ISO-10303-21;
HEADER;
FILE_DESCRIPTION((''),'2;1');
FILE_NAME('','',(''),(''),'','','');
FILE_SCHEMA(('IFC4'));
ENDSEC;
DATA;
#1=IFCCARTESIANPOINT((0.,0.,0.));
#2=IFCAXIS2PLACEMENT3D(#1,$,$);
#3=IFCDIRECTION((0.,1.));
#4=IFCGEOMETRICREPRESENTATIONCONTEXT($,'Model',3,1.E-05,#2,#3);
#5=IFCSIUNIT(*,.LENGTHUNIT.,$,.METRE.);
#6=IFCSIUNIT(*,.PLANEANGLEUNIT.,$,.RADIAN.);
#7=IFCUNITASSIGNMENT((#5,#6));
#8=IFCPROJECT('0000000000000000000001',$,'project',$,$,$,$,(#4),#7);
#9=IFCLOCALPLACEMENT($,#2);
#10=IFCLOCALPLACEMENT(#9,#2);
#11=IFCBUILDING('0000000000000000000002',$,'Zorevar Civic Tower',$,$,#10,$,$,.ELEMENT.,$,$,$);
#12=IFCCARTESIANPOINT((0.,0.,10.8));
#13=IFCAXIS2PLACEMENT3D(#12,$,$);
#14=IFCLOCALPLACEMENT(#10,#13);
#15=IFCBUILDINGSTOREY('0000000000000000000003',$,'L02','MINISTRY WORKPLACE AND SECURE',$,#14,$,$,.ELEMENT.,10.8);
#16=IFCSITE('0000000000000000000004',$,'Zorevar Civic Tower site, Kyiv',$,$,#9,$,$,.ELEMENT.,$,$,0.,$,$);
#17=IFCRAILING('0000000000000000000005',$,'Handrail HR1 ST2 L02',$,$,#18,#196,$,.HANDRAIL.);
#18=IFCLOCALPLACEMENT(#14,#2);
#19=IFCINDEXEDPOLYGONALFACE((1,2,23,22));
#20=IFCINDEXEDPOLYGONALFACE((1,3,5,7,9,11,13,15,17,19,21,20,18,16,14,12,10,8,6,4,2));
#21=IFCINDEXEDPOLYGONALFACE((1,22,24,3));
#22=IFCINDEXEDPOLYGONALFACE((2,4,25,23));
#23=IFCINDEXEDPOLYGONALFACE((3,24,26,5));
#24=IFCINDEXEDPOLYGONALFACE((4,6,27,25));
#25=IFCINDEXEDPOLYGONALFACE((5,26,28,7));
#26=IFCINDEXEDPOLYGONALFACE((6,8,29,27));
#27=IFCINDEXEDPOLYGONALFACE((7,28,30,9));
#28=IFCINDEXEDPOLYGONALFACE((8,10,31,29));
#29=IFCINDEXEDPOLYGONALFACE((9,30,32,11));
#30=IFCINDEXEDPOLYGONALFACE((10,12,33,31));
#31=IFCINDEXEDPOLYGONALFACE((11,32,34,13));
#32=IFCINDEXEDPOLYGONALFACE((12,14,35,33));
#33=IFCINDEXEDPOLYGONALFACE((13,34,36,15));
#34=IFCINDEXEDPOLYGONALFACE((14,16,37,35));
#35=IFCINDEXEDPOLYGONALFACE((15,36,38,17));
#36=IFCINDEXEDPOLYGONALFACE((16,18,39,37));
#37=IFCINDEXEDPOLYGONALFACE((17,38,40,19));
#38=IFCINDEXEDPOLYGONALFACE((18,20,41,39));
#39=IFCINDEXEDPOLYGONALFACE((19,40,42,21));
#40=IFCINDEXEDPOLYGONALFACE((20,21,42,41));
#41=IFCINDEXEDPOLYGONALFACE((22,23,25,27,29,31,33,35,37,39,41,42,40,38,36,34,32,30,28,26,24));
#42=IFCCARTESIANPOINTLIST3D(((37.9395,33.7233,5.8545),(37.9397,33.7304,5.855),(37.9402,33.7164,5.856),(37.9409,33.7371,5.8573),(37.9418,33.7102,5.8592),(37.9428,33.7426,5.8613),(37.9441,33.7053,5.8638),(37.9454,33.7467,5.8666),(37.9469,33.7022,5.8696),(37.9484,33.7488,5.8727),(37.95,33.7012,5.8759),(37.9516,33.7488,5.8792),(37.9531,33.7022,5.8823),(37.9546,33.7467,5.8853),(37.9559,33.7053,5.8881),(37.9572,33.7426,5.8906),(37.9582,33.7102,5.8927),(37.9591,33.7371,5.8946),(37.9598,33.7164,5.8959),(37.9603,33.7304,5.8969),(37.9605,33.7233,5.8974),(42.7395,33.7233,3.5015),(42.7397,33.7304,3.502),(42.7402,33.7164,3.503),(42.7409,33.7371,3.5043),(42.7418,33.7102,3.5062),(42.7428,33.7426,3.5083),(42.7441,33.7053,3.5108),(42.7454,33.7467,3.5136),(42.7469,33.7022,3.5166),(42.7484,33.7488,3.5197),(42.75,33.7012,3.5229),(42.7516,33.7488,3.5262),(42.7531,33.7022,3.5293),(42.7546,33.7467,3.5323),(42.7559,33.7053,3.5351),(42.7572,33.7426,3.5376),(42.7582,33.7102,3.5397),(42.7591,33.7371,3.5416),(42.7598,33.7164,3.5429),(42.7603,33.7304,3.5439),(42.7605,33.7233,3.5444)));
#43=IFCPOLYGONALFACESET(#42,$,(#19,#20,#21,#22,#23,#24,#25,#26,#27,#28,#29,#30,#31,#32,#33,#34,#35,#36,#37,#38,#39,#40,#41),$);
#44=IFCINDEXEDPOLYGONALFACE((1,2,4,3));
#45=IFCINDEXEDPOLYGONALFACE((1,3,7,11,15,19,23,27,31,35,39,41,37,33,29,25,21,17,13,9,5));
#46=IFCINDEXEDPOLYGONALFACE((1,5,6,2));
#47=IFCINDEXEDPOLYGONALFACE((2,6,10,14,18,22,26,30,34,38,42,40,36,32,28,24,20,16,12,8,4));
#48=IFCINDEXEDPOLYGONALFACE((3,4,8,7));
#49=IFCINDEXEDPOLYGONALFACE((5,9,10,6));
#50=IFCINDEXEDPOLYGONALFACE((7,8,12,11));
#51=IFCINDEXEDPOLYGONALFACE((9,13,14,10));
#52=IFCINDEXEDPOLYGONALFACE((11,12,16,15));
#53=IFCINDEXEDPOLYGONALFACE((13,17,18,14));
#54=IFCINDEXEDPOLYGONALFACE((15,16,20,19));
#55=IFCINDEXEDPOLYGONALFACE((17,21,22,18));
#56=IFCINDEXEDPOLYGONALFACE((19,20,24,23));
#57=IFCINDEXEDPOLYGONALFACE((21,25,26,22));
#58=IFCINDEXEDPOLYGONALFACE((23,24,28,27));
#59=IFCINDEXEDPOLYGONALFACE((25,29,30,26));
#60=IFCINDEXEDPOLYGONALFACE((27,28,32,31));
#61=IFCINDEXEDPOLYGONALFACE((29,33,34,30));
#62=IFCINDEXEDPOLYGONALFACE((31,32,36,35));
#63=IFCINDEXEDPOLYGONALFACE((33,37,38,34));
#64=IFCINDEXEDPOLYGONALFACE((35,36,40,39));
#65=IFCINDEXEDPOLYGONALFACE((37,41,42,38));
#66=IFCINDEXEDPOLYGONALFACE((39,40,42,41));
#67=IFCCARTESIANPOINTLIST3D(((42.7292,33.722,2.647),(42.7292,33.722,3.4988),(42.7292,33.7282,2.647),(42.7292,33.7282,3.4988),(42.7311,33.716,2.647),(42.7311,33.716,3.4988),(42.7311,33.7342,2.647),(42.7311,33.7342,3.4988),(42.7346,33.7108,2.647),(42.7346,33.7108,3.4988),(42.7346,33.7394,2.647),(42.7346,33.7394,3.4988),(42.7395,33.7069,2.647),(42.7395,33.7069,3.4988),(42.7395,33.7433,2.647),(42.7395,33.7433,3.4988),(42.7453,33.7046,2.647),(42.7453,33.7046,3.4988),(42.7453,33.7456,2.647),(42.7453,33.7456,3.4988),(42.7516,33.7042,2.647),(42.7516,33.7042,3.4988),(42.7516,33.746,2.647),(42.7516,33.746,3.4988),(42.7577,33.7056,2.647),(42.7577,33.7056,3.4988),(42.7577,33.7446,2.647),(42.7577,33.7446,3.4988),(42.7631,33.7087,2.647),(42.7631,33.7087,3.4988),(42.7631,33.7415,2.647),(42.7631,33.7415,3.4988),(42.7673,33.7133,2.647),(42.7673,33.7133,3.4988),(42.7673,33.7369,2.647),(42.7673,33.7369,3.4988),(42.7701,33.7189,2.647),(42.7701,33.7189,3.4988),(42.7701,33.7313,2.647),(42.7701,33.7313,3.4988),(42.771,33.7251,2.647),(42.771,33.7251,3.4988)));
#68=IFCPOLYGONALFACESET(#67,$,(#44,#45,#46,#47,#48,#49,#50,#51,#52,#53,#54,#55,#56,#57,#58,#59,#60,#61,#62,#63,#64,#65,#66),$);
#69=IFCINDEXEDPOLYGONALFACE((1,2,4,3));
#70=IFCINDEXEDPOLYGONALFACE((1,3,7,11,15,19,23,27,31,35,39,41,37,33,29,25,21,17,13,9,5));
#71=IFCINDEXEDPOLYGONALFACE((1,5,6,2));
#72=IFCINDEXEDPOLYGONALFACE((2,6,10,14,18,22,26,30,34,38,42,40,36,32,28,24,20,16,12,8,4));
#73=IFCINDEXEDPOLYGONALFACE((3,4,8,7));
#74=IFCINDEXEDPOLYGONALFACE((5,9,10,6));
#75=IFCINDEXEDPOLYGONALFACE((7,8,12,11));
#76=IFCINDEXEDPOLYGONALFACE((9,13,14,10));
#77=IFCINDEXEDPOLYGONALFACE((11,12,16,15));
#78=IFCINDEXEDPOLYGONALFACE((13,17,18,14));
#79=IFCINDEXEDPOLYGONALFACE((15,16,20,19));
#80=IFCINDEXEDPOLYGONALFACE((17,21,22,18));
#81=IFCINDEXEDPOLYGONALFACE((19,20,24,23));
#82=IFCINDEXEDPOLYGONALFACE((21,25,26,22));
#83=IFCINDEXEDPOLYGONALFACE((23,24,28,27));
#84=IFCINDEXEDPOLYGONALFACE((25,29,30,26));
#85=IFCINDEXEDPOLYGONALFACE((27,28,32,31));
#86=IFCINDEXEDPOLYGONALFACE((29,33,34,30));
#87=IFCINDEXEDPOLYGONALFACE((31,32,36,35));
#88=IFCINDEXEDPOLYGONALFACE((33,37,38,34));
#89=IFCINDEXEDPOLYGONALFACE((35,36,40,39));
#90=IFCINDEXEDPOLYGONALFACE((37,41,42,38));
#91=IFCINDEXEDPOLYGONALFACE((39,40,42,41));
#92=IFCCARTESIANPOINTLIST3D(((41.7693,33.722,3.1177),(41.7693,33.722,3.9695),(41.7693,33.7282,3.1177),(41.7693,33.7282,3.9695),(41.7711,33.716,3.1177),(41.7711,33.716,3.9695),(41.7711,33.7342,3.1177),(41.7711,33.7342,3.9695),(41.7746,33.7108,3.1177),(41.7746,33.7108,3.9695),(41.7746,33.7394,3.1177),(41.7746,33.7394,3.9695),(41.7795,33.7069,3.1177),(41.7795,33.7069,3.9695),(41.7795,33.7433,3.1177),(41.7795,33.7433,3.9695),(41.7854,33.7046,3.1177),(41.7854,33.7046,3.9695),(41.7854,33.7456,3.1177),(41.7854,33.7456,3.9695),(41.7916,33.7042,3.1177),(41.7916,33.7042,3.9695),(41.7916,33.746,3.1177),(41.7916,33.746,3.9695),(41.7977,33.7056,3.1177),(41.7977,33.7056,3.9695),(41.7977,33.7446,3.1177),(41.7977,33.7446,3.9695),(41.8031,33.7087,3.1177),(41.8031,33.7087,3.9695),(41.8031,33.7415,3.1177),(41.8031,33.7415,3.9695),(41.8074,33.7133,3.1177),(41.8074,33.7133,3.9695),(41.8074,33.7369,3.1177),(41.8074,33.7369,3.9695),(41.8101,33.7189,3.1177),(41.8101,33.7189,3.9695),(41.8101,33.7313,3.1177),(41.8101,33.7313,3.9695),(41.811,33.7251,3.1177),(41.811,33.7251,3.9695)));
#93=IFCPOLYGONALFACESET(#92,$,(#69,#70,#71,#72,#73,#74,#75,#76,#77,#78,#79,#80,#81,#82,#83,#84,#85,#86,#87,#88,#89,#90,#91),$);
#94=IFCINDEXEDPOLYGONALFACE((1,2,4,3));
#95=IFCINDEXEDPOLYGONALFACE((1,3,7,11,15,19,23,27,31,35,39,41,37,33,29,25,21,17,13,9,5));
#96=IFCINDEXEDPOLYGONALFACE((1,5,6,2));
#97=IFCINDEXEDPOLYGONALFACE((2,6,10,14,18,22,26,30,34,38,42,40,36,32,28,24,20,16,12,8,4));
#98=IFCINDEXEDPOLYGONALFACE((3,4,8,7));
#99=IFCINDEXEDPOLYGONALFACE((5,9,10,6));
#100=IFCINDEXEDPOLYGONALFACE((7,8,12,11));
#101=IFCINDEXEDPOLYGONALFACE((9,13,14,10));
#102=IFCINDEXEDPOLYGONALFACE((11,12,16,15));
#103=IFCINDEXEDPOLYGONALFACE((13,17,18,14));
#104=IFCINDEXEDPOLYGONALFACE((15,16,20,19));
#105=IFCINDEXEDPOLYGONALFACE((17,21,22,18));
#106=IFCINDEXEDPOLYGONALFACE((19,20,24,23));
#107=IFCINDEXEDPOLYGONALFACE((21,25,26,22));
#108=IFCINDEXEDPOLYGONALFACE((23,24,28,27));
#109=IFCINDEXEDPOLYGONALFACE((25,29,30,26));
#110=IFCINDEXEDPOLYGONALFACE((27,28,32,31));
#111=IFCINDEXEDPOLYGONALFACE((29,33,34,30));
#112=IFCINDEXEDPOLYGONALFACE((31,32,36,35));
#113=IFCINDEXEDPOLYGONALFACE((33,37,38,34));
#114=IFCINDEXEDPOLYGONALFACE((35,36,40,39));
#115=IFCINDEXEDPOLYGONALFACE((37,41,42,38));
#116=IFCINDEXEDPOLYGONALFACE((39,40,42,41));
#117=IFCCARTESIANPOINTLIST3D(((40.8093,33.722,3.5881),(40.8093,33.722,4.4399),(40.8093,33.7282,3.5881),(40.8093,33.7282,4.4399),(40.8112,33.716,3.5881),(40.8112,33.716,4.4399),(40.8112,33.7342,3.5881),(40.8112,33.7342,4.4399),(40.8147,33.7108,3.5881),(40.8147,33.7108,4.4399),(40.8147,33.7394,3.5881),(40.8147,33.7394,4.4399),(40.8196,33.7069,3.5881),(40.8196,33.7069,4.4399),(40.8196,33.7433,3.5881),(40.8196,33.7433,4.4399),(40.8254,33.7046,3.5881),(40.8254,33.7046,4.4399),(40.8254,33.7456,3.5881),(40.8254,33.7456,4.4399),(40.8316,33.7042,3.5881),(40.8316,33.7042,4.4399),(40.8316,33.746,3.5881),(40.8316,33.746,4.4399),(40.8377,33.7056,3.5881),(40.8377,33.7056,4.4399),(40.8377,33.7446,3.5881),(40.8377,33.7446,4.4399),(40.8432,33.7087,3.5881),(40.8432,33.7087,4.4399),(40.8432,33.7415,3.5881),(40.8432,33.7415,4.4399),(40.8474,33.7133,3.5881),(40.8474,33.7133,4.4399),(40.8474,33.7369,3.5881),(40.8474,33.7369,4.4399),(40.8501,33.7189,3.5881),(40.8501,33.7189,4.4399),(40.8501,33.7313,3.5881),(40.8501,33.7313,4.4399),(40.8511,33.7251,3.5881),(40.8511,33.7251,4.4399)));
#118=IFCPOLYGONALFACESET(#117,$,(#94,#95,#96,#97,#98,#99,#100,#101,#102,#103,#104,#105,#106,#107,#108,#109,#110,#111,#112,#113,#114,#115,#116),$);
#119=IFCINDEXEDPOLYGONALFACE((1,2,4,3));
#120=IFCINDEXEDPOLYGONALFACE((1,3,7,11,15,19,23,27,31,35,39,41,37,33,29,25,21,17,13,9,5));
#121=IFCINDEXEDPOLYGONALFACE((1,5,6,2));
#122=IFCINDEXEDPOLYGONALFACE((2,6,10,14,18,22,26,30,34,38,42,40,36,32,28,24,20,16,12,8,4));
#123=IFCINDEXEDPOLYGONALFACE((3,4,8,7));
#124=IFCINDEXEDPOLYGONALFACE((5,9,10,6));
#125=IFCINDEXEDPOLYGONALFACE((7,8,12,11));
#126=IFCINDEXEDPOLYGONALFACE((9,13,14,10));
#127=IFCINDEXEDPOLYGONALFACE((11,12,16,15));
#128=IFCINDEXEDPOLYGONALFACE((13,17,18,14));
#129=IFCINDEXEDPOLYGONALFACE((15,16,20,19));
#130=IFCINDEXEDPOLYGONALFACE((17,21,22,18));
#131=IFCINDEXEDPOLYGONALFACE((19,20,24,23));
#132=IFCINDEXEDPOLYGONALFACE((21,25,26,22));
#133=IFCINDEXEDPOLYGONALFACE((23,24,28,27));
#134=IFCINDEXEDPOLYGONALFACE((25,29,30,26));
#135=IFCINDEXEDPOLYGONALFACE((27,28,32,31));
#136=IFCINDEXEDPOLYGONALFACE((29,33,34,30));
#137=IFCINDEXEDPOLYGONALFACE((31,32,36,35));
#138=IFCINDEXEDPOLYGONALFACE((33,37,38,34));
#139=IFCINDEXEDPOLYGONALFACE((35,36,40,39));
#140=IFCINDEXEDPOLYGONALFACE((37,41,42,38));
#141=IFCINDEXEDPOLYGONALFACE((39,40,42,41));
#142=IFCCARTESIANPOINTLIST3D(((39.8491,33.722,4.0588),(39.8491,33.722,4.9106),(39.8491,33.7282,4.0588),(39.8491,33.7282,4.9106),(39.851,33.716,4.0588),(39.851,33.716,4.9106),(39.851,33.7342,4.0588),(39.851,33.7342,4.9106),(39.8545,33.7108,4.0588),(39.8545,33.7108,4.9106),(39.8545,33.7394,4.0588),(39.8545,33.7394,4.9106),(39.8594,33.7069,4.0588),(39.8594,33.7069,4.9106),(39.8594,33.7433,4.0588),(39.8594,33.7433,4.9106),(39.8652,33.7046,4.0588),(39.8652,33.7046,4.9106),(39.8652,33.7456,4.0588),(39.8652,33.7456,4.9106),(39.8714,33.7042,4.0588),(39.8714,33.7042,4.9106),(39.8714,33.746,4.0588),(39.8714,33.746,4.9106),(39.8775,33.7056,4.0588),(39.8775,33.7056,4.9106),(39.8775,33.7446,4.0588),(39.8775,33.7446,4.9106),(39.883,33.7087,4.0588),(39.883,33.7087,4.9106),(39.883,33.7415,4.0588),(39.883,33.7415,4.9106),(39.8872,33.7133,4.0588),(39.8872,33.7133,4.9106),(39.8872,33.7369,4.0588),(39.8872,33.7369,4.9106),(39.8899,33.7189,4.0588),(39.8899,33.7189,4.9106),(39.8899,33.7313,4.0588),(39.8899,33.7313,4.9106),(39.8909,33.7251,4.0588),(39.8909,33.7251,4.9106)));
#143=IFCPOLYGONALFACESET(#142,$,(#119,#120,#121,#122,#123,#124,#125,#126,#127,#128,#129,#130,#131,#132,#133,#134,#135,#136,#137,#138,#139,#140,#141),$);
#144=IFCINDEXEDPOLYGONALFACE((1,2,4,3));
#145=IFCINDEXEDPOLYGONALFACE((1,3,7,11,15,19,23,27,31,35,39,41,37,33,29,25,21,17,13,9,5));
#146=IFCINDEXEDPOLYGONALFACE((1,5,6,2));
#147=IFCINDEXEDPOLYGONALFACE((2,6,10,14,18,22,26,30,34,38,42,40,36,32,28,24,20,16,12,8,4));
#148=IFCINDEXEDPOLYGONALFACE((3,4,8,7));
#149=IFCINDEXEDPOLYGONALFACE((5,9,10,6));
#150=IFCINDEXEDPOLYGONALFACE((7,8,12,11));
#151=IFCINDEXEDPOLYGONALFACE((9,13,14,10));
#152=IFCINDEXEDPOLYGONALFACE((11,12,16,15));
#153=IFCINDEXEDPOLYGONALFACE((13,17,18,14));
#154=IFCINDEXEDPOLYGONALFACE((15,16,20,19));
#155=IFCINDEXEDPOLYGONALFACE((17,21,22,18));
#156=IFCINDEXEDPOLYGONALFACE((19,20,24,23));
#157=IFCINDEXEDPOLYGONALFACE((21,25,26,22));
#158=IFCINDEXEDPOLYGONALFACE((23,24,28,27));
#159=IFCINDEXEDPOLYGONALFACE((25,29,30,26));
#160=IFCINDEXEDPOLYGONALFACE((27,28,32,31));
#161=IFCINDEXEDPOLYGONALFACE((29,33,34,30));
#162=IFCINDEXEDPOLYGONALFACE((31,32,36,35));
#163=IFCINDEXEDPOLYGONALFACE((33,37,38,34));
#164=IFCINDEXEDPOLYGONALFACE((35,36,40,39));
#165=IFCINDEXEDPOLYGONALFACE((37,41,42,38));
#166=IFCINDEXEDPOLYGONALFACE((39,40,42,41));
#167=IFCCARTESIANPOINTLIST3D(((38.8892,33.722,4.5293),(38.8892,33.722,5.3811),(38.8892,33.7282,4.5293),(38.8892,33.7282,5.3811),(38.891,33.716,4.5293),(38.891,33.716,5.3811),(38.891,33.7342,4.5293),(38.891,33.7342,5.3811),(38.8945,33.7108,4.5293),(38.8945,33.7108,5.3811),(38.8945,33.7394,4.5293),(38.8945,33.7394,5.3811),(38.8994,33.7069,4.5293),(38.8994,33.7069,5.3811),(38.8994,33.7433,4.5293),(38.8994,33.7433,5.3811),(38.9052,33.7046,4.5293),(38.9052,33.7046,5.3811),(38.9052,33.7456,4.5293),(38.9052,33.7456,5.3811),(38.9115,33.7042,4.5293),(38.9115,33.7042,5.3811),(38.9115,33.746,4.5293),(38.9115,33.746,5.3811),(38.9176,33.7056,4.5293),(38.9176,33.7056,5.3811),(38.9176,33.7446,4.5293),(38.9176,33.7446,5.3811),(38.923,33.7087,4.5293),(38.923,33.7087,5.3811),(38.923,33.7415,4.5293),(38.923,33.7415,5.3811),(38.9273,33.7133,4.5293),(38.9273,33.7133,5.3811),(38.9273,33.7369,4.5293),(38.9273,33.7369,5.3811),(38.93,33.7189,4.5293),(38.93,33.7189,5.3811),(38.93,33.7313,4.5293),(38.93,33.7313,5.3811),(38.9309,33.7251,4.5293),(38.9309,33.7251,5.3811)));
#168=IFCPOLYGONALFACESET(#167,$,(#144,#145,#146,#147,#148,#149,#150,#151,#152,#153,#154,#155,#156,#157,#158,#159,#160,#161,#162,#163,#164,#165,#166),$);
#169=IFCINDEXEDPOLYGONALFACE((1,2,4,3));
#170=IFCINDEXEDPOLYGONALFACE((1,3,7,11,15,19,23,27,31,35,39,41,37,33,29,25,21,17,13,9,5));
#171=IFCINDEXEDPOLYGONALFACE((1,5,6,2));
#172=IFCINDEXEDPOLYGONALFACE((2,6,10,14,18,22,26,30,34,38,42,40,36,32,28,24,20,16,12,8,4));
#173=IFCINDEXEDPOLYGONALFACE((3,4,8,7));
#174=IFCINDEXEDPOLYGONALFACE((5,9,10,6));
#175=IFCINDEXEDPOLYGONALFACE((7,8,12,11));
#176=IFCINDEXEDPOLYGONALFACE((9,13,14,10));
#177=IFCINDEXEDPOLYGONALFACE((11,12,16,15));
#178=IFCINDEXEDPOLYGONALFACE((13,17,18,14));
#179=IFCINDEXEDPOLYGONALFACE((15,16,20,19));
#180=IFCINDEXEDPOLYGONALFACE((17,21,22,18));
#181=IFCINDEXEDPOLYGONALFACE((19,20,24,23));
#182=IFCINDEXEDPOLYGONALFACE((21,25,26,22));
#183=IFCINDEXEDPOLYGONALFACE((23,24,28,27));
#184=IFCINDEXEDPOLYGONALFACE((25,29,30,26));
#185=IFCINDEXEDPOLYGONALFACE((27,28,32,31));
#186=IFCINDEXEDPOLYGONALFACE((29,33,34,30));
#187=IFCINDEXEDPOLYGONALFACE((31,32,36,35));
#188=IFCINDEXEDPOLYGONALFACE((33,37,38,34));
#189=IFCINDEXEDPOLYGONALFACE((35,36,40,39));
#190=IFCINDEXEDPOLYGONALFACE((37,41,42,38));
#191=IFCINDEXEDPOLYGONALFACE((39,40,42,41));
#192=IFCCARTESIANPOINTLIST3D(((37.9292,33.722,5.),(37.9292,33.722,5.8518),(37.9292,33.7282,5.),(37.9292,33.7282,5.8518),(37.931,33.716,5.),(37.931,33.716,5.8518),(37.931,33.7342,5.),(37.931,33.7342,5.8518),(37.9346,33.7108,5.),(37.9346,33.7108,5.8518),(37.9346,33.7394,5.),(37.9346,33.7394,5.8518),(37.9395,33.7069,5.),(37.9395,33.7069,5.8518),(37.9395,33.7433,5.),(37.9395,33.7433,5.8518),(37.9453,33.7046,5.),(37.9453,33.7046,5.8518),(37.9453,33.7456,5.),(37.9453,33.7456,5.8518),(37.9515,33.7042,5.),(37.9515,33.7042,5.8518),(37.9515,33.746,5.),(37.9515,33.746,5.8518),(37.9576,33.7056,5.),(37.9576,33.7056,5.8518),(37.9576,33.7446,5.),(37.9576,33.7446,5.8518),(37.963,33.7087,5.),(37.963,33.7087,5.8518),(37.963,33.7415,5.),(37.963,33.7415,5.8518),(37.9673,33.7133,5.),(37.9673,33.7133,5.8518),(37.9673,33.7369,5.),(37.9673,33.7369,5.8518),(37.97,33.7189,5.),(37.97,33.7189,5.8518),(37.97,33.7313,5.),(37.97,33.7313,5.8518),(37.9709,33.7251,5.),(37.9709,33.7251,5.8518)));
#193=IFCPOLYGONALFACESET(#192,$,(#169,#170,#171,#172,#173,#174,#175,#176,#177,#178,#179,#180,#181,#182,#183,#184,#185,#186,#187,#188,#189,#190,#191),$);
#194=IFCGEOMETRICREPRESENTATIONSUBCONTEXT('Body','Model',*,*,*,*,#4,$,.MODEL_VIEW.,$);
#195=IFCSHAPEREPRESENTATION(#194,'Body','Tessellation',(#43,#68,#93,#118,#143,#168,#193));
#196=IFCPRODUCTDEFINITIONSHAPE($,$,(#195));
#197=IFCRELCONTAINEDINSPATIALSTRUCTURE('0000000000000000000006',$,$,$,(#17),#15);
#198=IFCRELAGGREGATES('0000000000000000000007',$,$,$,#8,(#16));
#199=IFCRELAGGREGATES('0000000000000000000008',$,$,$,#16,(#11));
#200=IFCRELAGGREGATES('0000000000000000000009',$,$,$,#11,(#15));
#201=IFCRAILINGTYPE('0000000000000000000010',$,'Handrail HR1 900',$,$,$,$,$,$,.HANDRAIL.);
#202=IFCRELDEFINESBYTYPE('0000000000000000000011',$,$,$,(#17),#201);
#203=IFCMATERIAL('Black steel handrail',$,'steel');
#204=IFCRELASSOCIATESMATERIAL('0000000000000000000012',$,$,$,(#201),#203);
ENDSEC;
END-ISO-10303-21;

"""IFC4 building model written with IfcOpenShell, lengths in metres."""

from ifc_helpers import new_model, si_unit, direction, frame, origin, origin_2d, place, context, subcontext, project, spatial, circle, extrude, material, type_object, element, save


model = new_model("IFC4")

# Units and contexts
model_context = context("Model", 3, precision=1e-05, world=origin(), true_north=direction((0.0, 1.0)))
body_context = subcontext(model_context, "Body", "Model", "MODEL_VIEW")
ifc_project = project(units=[si_unit("LENGTHUNIT", "METRE"), si_unit("PLANEANGLEUNIT", "RADIAN")], contexts=[model_context])

# Site, building, storey
site_placement = place(None, origin())
site = spatial("IfcSite", under=ifc_project, at=site_placement, Name="Zorevar Civic Tower site, Kyiv", CompositionType="ELEMENT", RefElevation=0.0)
building_placement = place(site_placement, origin())
building = spatial("IfcBuilding", under=site, at=building_placement, Name="Zorevar Civic Tower", CompositionType="ELEMENT")
storey_placement = place(building_placement, frame((0.0, 0.0, 10.8)))
storey = spatial("IfcBuildingStorey", under=building, at=storey_placement, Name="L02", Description="MINISTRY WORKPLACE AND SECURE", CompositionType="ELEMENT", Elevation=10.8)

# Railing
ifc_material_1 = material(Name="Black steel handrail", Category="steel")
railing_type = type_object("IfcRailingType", Name="Handrail HR1 900", PredefinedType="HANDRAIL", material=ifc_material_1)
railing_placement = place(storey_placement, frame((42.75, 33.7251, 2.647)))
element("IfcRailing", 1, at=railing_placement, inside=storey, type_object=railing_type, Name="Handrail HR1 ST2 L02", PredefinedType="HANDRAIL", context=body_context, shape_type="SweptSolid", body=[
    extrude(circle(Radius=0.0239, at=origin_2d()), frame((0.0, 0.0, 0.876), z_axis=(-0.897916, 0.0, 0.440167), x_axis=(0.0, -1.0, 0.0)), (0.0, 0.0, 1.0), 5.3457),
    extrude(circle(Radius=0.021, at=origin_2d()), origin(), (0.0, 0.0, 1.0), 0.8518),
    extrude(circle(Radius=0.021, at=origin_2d()), frame((-0.96, 0.0, 0.4707)), (0.0, 0.0, 1.0), 0.8518),
    extrude(circle(Radius=0.021, at=origin_2d()), frame((-1.9199, 0.0, 0.9412)), (0.0, 0.0, 1.0), 0.8518),
    extrude(circle(Radius=0.021, at=origin_2d()), frame((-2.8801, 0.0, 1.4119)), (0.0, 0.0, 1.0), 0.8518),
    extrude(circle(Radius=0.021, at=origin_2d()), frame((-3.8401, 0.0, 1.8823)), (0.0, 0.0, 1.0), 0.8518),
    extrude(circle(Radius=0.021, at=origin_2d()), frame((-4.8, 0.0, 2.353)), (0.0, 0.0, 1.0), 0.8518),
])

save(model, "model.ifc")
